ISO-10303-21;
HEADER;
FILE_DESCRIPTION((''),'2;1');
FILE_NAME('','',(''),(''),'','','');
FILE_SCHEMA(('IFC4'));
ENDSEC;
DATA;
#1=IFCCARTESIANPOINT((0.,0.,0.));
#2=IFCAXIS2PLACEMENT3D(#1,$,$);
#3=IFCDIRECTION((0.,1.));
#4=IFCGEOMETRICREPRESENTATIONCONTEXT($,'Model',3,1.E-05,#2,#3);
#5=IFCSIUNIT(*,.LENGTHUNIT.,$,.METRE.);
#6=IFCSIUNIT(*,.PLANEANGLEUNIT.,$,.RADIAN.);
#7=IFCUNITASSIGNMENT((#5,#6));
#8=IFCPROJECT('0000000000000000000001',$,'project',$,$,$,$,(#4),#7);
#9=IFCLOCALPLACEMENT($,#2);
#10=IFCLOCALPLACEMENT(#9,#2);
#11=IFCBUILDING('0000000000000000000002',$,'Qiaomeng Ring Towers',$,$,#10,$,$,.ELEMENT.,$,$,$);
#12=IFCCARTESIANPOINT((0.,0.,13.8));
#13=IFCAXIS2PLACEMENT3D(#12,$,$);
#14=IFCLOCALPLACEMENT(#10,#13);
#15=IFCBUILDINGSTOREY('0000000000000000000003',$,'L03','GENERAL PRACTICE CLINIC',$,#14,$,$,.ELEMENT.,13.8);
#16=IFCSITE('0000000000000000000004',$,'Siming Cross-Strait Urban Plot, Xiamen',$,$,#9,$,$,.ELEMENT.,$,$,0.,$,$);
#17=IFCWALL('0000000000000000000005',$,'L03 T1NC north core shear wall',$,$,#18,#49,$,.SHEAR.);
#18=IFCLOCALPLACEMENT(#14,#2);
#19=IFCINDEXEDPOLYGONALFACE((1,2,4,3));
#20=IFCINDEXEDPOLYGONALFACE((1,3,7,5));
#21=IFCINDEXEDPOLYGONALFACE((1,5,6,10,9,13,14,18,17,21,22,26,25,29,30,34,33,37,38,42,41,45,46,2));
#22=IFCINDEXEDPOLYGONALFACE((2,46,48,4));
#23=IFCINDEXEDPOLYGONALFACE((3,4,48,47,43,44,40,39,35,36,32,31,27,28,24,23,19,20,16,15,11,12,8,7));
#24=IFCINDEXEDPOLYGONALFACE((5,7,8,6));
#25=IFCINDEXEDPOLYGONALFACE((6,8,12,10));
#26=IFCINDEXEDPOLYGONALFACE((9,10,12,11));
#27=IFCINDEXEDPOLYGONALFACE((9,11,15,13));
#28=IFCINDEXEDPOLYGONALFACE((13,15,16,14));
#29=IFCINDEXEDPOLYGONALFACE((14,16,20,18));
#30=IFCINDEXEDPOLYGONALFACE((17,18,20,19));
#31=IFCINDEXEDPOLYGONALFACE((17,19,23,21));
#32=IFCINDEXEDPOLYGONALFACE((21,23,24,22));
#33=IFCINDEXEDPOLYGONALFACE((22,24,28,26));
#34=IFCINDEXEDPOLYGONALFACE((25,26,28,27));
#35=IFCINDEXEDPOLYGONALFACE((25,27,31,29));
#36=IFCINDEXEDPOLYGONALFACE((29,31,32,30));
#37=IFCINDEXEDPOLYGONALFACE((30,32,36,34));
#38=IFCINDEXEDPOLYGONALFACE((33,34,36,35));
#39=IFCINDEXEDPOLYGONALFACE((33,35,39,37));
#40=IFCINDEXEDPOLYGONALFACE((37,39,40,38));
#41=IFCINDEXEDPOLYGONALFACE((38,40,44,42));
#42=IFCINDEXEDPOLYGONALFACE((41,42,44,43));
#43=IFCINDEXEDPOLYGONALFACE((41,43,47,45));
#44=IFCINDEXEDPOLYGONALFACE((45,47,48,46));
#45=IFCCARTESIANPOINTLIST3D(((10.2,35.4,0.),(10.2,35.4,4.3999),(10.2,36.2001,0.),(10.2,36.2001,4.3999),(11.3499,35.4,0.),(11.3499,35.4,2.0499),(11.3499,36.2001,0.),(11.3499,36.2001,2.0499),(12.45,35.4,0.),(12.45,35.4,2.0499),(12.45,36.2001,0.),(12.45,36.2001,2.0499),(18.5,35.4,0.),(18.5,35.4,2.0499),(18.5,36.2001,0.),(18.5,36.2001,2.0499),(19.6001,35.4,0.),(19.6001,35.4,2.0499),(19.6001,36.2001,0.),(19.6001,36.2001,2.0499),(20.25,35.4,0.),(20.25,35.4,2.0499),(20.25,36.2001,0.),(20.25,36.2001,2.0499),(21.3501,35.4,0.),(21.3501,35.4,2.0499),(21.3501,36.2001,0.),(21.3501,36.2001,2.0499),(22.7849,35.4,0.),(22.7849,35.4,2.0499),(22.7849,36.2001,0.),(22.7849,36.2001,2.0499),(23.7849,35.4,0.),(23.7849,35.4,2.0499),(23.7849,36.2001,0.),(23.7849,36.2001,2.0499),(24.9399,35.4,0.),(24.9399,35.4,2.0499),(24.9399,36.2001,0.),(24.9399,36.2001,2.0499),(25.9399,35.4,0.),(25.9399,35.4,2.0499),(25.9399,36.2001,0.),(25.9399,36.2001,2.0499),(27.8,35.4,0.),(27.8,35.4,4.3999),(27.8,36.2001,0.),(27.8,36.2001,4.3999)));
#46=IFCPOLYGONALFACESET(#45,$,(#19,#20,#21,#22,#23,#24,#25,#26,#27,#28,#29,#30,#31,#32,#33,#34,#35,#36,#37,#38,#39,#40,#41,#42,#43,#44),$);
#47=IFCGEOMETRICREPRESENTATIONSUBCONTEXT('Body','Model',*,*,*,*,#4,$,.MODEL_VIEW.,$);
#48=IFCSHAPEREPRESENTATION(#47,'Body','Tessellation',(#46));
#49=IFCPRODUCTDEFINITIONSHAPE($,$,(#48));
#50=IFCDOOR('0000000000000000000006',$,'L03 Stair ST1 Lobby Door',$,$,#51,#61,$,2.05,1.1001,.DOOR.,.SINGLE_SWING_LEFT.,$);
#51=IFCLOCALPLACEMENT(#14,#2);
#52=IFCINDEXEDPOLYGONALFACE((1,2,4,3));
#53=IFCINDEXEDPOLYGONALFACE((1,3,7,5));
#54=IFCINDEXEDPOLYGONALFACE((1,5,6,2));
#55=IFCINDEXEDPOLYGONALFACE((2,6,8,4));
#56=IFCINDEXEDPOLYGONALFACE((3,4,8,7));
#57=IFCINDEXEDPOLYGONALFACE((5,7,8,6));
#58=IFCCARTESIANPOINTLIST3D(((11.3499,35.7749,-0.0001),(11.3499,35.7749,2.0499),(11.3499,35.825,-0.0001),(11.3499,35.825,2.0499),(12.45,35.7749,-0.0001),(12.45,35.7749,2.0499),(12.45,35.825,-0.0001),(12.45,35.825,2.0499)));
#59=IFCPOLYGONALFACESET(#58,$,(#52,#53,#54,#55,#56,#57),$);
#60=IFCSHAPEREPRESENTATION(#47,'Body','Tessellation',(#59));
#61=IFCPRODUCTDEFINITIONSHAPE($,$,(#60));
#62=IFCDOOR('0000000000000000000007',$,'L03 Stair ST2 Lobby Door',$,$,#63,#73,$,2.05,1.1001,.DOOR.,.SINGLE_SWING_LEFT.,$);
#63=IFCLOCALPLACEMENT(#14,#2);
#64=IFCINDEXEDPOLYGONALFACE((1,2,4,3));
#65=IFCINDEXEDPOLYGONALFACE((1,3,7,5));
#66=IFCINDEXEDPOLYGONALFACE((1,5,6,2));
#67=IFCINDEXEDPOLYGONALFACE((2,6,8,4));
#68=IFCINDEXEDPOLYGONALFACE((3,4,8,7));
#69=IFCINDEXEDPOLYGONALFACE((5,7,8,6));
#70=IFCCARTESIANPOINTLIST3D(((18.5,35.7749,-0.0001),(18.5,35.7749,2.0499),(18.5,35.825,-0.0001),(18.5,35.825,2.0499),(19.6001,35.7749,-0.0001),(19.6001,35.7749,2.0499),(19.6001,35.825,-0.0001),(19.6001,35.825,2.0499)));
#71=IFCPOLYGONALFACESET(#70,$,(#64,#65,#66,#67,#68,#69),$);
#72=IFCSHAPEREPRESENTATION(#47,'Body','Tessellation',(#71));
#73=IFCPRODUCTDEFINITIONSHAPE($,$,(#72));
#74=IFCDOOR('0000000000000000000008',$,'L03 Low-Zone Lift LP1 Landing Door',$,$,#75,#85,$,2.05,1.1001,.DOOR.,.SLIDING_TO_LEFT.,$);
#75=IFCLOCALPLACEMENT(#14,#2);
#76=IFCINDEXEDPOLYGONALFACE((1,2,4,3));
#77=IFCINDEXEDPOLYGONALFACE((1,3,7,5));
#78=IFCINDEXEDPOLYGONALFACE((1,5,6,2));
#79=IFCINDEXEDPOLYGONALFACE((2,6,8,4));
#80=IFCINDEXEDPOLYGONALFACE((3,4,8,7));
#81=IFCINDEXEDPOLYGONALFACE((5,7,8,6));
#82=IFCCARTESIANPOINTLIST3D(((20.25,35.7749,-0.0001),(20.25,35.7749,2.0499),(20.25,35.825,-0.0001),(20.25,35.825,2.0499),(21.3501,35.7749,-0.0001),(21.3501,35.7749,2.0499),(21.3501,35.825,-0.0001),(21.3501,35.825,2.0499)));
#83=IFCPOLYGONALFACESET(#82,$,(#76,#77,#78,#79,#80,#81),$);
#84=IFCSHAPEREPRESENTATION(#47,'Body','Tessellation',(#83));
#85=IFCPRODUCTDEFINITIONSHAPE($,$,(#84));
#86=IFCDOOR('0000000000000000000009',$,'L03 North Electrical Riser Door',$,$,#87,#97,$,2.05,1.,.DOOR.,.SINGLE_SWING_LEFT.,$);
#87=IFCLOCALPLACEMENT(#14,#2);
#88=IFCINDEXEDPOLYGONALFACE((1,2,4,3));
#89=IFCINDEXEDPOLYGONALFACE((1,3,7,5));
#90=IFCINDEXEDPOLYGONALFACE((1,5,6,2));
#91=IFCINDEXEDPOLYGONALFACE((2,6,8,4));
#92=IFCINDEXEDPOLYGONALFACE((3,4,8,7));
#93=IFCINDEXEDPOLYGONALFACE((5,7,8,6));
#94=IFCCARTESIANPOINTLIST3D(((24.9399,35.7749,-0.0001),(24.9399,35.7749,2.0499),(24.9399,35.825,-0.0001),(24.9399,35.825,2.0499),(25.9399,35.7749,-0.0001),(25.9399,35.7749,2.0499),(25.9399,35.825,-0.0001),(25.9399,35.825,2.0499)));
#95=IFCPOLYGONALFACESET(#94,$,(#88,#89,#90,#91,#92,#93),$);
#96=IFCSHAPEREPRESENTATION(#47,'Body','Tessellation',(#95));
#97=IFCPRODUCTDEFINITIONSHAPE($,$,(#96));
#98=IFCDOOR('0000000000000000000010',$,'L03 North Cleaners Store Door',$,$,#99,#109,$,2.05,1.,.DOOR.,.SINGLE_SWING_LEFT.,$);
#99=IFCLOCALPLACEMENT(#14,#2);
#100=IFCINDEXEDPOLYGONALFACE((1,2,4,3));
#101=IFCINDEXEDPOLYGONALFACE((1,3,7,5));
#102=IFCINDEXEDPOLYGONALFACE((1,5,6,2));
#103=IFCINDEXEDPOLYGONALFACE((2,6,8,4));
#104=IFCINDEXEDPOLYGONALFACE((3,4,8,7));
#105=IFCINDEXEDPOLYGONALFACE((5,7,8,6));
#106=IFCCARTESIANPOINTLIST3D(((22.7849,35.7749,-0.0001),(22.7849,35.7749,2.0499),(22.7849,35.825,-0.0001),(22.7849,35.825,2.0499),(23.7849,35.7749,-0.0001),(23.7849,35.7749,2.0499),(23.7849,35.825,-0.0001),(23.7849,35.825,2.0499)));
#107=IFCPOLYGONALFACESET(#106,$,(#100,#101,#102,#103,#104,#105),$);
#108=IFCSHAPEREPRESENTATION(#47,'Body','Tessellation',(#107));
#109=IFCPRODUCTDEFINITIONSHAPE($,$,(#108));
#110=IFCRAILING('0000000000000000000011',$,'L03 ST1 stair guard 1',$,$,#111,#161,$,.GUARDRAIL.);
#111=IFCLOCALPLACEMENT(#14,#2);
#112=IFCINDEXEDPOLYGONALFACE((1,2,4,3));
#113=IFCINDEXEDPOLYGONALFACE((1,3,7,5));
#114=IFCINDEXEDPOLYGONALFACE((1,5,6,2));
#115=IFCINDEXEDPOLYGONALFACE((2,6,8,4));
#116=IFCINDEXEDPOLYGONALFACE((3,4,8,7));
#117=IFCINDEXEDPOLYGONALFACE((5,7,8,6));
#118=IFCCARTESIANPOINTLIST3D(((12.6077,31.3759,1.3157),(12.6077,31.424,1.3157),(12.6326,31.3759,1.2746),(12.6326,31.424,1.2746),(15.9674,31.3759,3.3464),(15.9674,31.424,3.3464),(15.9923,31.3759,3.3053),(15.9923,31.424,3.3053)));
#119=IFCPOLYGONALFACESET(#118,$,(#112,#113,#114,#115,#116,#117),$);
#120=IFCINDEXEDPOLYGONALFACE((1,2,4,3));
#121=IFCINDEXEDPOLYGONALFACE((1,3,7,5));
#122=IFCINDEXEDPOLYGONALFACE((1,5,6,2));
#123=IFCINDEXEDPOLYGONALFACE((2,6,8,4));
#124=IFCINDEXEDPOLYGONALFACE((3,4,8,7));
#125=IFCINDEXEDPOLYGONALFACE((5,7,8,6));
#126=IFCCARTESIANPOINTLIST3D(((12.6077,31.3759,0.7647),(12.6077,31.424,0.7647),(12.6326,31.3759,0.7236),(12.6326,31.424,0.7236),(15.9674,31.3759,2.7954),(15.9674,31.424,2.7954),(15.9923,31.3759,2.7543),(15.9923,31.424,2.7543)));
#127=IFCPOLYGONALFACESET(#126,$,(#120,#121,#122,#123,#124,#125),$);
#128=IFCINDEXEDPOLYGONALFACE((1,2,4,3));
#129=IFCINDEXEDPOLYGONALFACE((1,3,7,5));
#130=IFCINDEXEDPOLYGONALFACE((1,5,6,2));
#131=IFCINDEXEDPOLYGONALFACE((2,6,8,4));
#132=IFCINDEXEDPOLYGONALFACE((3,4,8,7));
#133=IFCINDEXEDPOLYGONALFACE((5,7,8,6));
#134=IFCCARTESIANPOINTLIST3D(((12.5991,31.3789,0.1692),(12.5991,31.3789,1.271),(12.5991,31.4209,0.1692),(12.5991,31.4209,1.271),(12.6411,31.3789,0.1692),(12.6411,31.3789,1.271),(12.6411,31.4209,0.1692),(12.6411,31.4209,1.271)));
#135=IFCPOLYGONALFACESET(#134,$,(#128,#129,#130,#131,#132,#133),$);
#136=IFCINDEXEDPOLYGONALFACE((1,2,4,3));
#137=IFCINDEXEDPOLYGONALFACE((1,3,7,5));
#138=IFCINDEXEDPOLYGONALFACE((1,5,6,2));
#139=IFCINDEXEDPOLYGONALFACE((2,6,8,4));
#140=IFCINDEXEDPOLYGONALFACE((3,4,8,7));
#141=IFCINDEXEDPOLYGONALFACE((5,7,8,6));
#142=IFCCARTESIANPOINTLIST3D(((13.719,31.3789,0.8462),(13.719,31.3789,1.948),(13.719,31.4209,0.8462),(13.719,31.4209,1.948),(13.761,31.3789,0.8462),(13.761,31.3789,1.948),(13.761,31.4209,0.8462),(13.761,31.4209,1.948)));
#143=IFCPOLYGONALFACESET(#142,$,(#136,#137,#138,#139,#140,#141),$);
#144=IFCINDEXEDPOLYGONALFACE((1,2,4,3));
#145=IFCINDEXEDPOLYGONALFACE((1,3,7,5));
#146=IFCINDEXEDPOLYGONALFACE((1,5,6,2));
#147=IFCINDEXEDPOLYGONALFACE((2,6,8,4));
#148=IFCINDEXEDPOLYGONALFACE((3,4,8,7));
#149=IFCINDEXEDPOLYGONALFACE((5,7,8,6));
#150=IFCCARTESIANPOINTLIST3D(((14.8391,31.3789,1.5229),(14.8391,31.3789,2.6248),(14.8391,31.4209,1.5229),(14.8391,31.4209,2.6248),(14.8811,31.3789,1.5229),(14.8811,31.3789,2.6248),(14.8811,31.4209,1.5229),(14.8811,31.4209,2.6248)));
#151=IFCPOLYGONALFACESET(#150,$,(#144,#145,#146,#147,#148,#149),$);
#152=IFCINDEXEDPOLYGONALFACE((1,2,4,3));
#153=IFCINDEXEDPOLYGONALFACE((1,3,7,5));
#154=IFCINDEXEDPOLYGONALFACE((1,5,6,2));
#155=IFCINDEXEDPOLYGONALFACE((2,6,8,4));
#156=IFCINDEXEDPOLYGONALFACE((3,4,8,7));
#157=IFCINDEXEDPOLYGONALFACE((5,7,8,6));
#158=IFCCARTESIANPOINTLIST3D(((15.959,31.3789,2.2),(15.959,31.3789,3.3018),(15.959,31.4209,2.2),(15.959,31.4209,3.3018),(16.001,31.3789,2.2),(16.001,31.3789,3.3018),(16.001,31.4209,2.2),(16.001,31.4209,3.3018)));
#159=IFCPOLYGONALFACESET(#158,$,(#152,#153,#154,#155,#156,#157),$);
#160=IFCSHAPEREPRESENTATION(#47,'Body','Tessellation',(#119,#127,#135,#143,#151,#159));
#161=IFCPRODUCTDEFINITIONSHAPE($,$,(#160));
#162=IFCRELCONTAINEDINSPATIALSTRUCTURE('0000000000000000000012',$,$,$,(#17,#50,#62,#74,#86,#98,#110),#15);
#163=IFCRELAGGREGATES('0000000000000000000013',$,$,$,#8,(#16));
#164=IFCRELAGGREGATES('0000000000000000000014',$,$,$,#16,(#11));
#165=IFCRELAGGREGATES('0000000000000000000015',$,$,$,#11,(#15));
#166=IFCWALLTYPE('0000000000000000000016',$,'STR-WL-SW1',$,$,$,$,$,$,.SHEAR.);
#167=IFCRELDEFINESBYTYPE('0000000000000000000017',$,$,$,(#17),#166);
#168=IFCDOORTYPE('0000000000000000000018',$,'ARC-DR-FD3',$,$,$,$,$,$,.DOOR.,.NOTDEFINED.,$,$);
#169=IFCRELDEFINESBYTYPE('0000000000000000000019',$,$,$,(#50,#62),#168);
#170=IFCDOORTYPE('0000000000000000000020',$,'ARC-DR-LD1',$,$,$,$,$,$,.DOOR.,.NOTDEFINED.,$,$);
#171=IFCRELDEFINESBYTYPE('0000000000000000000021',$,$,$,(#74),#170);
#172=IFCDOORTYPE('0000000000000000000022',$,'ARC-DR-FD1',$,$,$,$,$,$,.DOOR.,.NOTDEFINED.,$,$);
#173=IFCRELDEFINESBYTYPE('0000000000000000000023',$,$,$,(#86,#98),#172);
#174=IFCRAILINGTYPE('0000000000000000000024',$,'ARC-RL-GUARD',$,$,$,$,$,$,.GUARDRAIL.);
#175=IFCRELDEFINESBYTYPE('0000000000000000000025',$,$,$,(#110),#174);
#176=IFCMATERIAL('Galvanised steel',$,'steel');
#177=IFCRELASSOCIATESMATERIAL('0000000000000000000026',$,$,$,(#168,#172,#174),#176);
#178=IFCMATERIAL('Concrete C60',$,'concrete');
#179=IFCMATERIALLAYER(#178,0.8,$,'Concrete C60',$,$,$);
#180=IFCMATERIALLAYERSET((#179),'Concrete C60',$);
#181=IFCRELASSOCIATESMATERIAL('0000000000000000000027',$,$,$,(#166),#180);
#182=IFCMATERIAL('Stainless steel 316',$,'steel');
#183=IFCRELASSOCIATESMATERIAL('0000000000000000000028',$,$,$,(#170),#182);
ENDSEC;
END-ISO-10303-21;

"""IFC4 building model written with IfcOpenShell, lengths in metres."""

from ifc_helpers import new_model, si_unit, direction, frame, frame_2d, origin, origin_2d, place, context, subcontext, project, spatial, rectangle, extrude, source, transform, mapped, material, layer, layer_set, type_object, element, fill, save


model = new_model("IFC4")

# Units and contexts
model_context = context("Model", 3, precision=1e-05, world=origin(), true_north=direction((0.0, 1.0)))
body_context = subcontext(model_context, "Body", "Model", "MODEL_VIEW")
ifc_project = project(units=[si_unit("LENGTHUNIT", "METRE"), si_unit("PLANEANGLEUNIT", "RADIAN")], contexts=[model_context])

# Site, building, storey
site_placement = place(None, origin())
site = spatial("IfcSite", under=ifc_project, at=site_placement, Name="Siming Cross-Strait Urban Plot, Xiamen", CompositionType="ELEMENT", RefElevation=0.0)
building_placement = place(site_placement, origin())
building = spatial("IfcBuilding", under=site, at=building_placement, Name="Qiaomeng Ring Towers", CompositionType="ELEMENT")
storey_placement = place(building_placement, frame((0.0, 0.0, 13.8)))
storey = spatial("IfcBuildingStorey", under=building, at=storey_placement, Name="L03", Description="GENERAL PRACTICE CLINIC", CompositionType="ELEMENT", Elevation=13.8)

# Shared definitions
ifc_material_1 = material(Name="Concrete C60", Category="concrete")

# Shared definitions
shared_shape_1 = source(origin(), body_context, "Body", "SweptSolid", [
    extrude(rectangle(XDim=1.0, YDim=2.05, at=frame_2d((0.5, 1.0249))), frame((0.0, 0.0249, 0.0), z_axis=(0.0, -1.0, 0.0), x_axis=(1.0, 0.0, 0.0)), (0.0, 0.0, 1.0), 0.05),
])

# Shared definitions
ifc_material_2 = material(Name="Galvanised steel", Category="steel")
door_type_1 = type_object("IfcDoorType", Name="ARC-DR-FD3", OperationType="NOTDEFINED", PredefinedType="DOOR", material=ifc_material_2)
shared_shape_2 = source(origin(), body_context, "Body", "SweptSolid", [
    extrude(rectangle(XDim=1.1001, YDim=2.05, at=frame_2d((0.55, 1.0249))), frame((0.0, 0.0249, 0.0), z_axis=(0.0, -1.0, 0.0), x_axis=(1.0, 0.0, 0.0)), (0.0, 0.0, 1.0), 0.05),
])

# Wall, openings, doors
ifc_layer_1 = layer(ifc_material_1, 0.8, Name="Concrete C60")
ifc_layer_set_1 = layer_set([ifc_layer_1], Name="Concrete C60")
wall_type_1 = type_object("IfcWallType", Name="STR-WL-SW1", PredefinedType="SHEAR", material=ifc_layer_set_1)
wall_1_placement = place(storey_placement, frame((10.2, 35.8, 0.0), z_axis=(0.0, 0.0, 1.0), x_axis=(1.0, 0.0, 0.0)))
wall_1 = element("IfcWall", 1, at=wall_1_placement, inside=storey, type_object=wall_type_1, Name="L03 T1NC north core shear wall", PredefinedType="SHEAR", context=body_context, shape_type="SweptSolid", body=[
    extrude(rectangle(XDim=17.6001, YDim=0.8, at=frame_2d((8.8, 0.0))), origin(), (0.0, 0.0, 1.0), 4.3999),
])
opening_1_placement = place(wall_1_placement, frame((1.1499, 0.0, 0.0)))
opening_1 = element("IfcOpeningElement", 2, at=opening_1_placement, cuts=wall_1, PredefinedType="OPENING", context=body_context, shape_type="SweptSolid", body=[
    extrude(rectangle(XDim=1.1001, YDim=2.05, at=frame_2d((0.55, 1.0249))), frame((0.0, 0.4099, 0.0), z_axis=(0.0, -1.0, 0.0), x_axis=(1.0, 0.0, 0.0)), (0.0, 0.0, 1.0), 0.8201),
])
opening_2_placement = place(wall_1_placement, frame((8.3, 0.0, 0.0)))
opening_2 = element("IfcOpeningElement", 3, at=opening_2_placement, cuts=wall_1, PredefinedType="OPENING", context=body_context, shape_type="SweptSolid", body=[
    extrude(rectangle(XDim=1.1001, YDim=2.05, at=frame_2d((0.55, 1.0249))), frame((0.0, 0.4099, 0.0), z_axis=(0.0, -1.0, 0.0), x_axis=(1.0, 0.0, 0.0)), (0.0, 0.0, 1.0), 0.8201),
])
opening_3_placement = place(wall_1_placement, frame((10.05, 0.0, 0.0)))
opening_3 = element("IfcOpeningElement", 4, at=opening_3_placement, cuts=wall_1, PredefinedType="OPENING", context=body_context, shape_type="SweptSolid", body=[
    extrude(rectangle(XDim=1.1001, YDim=2.05, at=frame_2d((0.55, 1.0249))), frame((0.0, 0.4099, 0.0), z_axis=(0.0, -1.0, 0.0), x_axis=(1.0, 0.0, 0.0)), (0.0, 0.0, 1.0), 0.8201),
])
opening_4_placement = place(wall_1_placement, frame((14.74, 0.0, 0.0)))
opening_4 = element("IfcOpeningElement", 5, at=opening_4_placement, cuts=wall_1, PredefinedType="OPENING", context=body_context, shape_type="SweptSolid", body=[
    extrude(rectangle(XDim=1.0, YDim=2.05, at=frame_2d((0.5, 1.0249))), frame((0.0, 0.4099, 0.0), z_axis=(0.0, -1.0, 0.0), x_axis=(1.0, 0.0, 0.0)), (0.0, 0.0, 1.0), 0.8201),
])
opening_5_placement = place(wall_1_placement, frame((12.585, 0.0, 0.0)))
opening_5 = element("IfcOpeningElement", 6, at=opening_5_placement, cuts=wall_1, PredefinedType="OPENING", context=body_context, shape_type="SweptSolid", body=[
    extrude(rectangle(XDim=1.0, YDim=2.05, at=frame_2d((0.5, 1.0249))), frame((0.0, 0.4099, 0.0), z_axis=(0.0, -1.0, 0.0), x_axis=(1.0, 0.0, 0.0)), (0.0, 0.0, 1.0), 0.8201),
])
door_1_placement = place(opening_1_placement, origin())
door_1 = element("IfcDoor", 7, at=door_1_placement, inside=storey, type_object=door_type_1, Name="L03 Stair ST1 Lobby Door", OperationType="SINGLE_SWING_LEFT", OverallHeight=2.05, OverallWidth=1.1001, PredefinedType="DOOR", context=body_context, shape_type="MappedRepresentation", body=[
    mapped(shared_shape_2, transform((0.0, 0.0, 0.0), x_axis=(1.0, 0.0, 0.0), y_axis=(0.0, 1.0, 0.0), z_axis=(0.0, 0.0, 1.0), scale=1.0)),
])
fill(opening_1, door_1)
door_2_placement = place(opening_2_placement, origin())
door_2 = element("IfcDoor", 8, at=door_2_placement, inside=storey, type_object=door_type_1, Name="L03 Stair ST2 Lobby Door", OperationType="SINGLE_SWING_LEFT", OverallHeight=2.05, OverallWidth=1.1001, PredefinedType="DOOR", context=body_context, shape_type="MappedRepresentation", body=[
    mapped(shared_shape_2, transform((0.0, 0.0, 0.0), x_axis=(1.0, 0.0, 0.0), y_axis=(0.0, 1.0, 0.0), z_axis=(0.0, 0.0, 1.0), scale=1.0)),
])
fill(opening_2, door_2)
ifc_material_3 = material(Name="Stainless steel 316", Category="steel")
door_type_2 = type_object("IfcDoorType", Name="ARC-DR-LD1", OperationType="NOTDEFINED", PredefinedType="DOOR", material=ifc_material_3)
door_3_placement = place(opening_3_placement, origin())
door_3 = element("IfcDoor", 9, at=door_3_placement, inside=storey, type_object=door_type_2, Name="L03 Low-Zone Lift LP1 Landing Door", OperationType="SLIDING_TO_LEFT", OverallHeight=2.05, OverallWidth=1.1001, PredefinedType="DOOR", context=body_context, shape_type="MappedRepresentation", body=[
    mapped(shared_shape_2, transform((0.0, 0.0, 0.0), x_axis=(1.0, 0.0, 0.0), y_axis=(0.0, 1.0, 0.0), z_axis=(0.0, 0.0, 1.0), scale=1.0)),
])
fill(opening_3, door_3)
door_type_3 = type_object("IfcDoorType", Name="ARC-DR-FD1", OperationType="NOTDEFINED", PredefinedType="DOOR", material=ifc_material_2)
door_4_placement = place(opening_4_placement, origin())
door_4 = element("IfcDoor", 10, at=door_4_placement, inside=storey, type_object=door_type_3, Name="L03 North Electrical Riser Door", OperationType="SINGLE_SWING_LEFT", OverallHeight=2.05, OverallWidth=1.0, PredefinedType="DOOR", context=body_context, shape_type="MappedRepresentation", body=[
    mapped(shared_shape_1, transform((0.0, 0.0, 0.0), x_axis=(1.0, 0.0, 0.0), y_axis=(0.0, 1.0, 0.0), z_axis=(0.0, 0.0, 1.0), scale=1.0)),
])
fill(opening_4, door_4)
door_5_placement = place(opening_5_placement, origin())
door_5 = element("IfcDoor", 11, at=door_5_placement, inside=storey, type_object=door_type_3, Name="L03 North Cleaners Store Door", OperationType="SINGLE_SWING_LEFT", OverallHeight=2.05, OverallWidth=1.0, PredefinedType="DOOR", context=body_context, shape_type="MappedRepresentation", body=[
    mapped(shared_shape_1, transform((0.0, 0.0, 0.0), x_axis=(1.0, 0.0, 0.0), y_axis=(0.0, 1.0, 0.0), z_axis=(0.0, 0.0, 1.0), scale=1.0)),
])
fill(opening_5, door_5)

# Railing
railing_type = type_object("IfcRailingType", Name="ARC-RL-GUARD", PredefinedType="GUARDRAIL", material=ifc_material_2)
railing_1_placement = place(storey_placement, frame((12.6201, 31.3999, 0.1692)))
element("IfcRailing", 12, at=railing_1_placement, inside=storey, type_object=railing_type, Name="L03 ST1 stair guard 1", PredefinedType="GUARDRAIL", context=body_context, shape_type="SweptSolid", body=[
    extrude(rectangle(XDim=0.0481, YDim=0.0481, at=origin_2d()), frame((0.0, 0.0, 1.126), z_axis=(0.85582, 0.0, 0.517273), x_axis=(0.0, 1.0, 0.0)), (0.0, 0.0, 1.0), 3.9258),
    extrude(rectangle(XDim=0.0481, YDim=0.0481, at=origin_2d()), frame((0.0, 0.0, 0.575), z_axis=(0.85582, 0.0, 0.517273), x_axis=(0.0, 1.0, 0.0)), (0.0, 0.0, 1.0), 3.9258),
    extrude(rectangle(XDim=0.042, YDim=0.042, at=origin_2d()), origin(), (0.0, 0.0, 1.0), 1.1018),
    extrude(rectangle(XDim=0.042, YDim=0.042, at=origin_2d()), frame((1.1199, 0.0, 0.677)), (0.0, 0.0, 1.0), 1.1018),
    extrude(rectangle(XDim=0.042, YDim=0.042, at=origin_2d()), frame((2.24, 0.0, 1.3538)), (0.0, 0.0, 1.0), 1.1018),
    extrude(rectangle(XDim=0.042, YDim=0.042, at=origin_2d()), frame((3.3599, 0.0, 2.0308)), (0.0, 0.0, 1.0), 1.1018),
])

save(model, "model.ifc")
